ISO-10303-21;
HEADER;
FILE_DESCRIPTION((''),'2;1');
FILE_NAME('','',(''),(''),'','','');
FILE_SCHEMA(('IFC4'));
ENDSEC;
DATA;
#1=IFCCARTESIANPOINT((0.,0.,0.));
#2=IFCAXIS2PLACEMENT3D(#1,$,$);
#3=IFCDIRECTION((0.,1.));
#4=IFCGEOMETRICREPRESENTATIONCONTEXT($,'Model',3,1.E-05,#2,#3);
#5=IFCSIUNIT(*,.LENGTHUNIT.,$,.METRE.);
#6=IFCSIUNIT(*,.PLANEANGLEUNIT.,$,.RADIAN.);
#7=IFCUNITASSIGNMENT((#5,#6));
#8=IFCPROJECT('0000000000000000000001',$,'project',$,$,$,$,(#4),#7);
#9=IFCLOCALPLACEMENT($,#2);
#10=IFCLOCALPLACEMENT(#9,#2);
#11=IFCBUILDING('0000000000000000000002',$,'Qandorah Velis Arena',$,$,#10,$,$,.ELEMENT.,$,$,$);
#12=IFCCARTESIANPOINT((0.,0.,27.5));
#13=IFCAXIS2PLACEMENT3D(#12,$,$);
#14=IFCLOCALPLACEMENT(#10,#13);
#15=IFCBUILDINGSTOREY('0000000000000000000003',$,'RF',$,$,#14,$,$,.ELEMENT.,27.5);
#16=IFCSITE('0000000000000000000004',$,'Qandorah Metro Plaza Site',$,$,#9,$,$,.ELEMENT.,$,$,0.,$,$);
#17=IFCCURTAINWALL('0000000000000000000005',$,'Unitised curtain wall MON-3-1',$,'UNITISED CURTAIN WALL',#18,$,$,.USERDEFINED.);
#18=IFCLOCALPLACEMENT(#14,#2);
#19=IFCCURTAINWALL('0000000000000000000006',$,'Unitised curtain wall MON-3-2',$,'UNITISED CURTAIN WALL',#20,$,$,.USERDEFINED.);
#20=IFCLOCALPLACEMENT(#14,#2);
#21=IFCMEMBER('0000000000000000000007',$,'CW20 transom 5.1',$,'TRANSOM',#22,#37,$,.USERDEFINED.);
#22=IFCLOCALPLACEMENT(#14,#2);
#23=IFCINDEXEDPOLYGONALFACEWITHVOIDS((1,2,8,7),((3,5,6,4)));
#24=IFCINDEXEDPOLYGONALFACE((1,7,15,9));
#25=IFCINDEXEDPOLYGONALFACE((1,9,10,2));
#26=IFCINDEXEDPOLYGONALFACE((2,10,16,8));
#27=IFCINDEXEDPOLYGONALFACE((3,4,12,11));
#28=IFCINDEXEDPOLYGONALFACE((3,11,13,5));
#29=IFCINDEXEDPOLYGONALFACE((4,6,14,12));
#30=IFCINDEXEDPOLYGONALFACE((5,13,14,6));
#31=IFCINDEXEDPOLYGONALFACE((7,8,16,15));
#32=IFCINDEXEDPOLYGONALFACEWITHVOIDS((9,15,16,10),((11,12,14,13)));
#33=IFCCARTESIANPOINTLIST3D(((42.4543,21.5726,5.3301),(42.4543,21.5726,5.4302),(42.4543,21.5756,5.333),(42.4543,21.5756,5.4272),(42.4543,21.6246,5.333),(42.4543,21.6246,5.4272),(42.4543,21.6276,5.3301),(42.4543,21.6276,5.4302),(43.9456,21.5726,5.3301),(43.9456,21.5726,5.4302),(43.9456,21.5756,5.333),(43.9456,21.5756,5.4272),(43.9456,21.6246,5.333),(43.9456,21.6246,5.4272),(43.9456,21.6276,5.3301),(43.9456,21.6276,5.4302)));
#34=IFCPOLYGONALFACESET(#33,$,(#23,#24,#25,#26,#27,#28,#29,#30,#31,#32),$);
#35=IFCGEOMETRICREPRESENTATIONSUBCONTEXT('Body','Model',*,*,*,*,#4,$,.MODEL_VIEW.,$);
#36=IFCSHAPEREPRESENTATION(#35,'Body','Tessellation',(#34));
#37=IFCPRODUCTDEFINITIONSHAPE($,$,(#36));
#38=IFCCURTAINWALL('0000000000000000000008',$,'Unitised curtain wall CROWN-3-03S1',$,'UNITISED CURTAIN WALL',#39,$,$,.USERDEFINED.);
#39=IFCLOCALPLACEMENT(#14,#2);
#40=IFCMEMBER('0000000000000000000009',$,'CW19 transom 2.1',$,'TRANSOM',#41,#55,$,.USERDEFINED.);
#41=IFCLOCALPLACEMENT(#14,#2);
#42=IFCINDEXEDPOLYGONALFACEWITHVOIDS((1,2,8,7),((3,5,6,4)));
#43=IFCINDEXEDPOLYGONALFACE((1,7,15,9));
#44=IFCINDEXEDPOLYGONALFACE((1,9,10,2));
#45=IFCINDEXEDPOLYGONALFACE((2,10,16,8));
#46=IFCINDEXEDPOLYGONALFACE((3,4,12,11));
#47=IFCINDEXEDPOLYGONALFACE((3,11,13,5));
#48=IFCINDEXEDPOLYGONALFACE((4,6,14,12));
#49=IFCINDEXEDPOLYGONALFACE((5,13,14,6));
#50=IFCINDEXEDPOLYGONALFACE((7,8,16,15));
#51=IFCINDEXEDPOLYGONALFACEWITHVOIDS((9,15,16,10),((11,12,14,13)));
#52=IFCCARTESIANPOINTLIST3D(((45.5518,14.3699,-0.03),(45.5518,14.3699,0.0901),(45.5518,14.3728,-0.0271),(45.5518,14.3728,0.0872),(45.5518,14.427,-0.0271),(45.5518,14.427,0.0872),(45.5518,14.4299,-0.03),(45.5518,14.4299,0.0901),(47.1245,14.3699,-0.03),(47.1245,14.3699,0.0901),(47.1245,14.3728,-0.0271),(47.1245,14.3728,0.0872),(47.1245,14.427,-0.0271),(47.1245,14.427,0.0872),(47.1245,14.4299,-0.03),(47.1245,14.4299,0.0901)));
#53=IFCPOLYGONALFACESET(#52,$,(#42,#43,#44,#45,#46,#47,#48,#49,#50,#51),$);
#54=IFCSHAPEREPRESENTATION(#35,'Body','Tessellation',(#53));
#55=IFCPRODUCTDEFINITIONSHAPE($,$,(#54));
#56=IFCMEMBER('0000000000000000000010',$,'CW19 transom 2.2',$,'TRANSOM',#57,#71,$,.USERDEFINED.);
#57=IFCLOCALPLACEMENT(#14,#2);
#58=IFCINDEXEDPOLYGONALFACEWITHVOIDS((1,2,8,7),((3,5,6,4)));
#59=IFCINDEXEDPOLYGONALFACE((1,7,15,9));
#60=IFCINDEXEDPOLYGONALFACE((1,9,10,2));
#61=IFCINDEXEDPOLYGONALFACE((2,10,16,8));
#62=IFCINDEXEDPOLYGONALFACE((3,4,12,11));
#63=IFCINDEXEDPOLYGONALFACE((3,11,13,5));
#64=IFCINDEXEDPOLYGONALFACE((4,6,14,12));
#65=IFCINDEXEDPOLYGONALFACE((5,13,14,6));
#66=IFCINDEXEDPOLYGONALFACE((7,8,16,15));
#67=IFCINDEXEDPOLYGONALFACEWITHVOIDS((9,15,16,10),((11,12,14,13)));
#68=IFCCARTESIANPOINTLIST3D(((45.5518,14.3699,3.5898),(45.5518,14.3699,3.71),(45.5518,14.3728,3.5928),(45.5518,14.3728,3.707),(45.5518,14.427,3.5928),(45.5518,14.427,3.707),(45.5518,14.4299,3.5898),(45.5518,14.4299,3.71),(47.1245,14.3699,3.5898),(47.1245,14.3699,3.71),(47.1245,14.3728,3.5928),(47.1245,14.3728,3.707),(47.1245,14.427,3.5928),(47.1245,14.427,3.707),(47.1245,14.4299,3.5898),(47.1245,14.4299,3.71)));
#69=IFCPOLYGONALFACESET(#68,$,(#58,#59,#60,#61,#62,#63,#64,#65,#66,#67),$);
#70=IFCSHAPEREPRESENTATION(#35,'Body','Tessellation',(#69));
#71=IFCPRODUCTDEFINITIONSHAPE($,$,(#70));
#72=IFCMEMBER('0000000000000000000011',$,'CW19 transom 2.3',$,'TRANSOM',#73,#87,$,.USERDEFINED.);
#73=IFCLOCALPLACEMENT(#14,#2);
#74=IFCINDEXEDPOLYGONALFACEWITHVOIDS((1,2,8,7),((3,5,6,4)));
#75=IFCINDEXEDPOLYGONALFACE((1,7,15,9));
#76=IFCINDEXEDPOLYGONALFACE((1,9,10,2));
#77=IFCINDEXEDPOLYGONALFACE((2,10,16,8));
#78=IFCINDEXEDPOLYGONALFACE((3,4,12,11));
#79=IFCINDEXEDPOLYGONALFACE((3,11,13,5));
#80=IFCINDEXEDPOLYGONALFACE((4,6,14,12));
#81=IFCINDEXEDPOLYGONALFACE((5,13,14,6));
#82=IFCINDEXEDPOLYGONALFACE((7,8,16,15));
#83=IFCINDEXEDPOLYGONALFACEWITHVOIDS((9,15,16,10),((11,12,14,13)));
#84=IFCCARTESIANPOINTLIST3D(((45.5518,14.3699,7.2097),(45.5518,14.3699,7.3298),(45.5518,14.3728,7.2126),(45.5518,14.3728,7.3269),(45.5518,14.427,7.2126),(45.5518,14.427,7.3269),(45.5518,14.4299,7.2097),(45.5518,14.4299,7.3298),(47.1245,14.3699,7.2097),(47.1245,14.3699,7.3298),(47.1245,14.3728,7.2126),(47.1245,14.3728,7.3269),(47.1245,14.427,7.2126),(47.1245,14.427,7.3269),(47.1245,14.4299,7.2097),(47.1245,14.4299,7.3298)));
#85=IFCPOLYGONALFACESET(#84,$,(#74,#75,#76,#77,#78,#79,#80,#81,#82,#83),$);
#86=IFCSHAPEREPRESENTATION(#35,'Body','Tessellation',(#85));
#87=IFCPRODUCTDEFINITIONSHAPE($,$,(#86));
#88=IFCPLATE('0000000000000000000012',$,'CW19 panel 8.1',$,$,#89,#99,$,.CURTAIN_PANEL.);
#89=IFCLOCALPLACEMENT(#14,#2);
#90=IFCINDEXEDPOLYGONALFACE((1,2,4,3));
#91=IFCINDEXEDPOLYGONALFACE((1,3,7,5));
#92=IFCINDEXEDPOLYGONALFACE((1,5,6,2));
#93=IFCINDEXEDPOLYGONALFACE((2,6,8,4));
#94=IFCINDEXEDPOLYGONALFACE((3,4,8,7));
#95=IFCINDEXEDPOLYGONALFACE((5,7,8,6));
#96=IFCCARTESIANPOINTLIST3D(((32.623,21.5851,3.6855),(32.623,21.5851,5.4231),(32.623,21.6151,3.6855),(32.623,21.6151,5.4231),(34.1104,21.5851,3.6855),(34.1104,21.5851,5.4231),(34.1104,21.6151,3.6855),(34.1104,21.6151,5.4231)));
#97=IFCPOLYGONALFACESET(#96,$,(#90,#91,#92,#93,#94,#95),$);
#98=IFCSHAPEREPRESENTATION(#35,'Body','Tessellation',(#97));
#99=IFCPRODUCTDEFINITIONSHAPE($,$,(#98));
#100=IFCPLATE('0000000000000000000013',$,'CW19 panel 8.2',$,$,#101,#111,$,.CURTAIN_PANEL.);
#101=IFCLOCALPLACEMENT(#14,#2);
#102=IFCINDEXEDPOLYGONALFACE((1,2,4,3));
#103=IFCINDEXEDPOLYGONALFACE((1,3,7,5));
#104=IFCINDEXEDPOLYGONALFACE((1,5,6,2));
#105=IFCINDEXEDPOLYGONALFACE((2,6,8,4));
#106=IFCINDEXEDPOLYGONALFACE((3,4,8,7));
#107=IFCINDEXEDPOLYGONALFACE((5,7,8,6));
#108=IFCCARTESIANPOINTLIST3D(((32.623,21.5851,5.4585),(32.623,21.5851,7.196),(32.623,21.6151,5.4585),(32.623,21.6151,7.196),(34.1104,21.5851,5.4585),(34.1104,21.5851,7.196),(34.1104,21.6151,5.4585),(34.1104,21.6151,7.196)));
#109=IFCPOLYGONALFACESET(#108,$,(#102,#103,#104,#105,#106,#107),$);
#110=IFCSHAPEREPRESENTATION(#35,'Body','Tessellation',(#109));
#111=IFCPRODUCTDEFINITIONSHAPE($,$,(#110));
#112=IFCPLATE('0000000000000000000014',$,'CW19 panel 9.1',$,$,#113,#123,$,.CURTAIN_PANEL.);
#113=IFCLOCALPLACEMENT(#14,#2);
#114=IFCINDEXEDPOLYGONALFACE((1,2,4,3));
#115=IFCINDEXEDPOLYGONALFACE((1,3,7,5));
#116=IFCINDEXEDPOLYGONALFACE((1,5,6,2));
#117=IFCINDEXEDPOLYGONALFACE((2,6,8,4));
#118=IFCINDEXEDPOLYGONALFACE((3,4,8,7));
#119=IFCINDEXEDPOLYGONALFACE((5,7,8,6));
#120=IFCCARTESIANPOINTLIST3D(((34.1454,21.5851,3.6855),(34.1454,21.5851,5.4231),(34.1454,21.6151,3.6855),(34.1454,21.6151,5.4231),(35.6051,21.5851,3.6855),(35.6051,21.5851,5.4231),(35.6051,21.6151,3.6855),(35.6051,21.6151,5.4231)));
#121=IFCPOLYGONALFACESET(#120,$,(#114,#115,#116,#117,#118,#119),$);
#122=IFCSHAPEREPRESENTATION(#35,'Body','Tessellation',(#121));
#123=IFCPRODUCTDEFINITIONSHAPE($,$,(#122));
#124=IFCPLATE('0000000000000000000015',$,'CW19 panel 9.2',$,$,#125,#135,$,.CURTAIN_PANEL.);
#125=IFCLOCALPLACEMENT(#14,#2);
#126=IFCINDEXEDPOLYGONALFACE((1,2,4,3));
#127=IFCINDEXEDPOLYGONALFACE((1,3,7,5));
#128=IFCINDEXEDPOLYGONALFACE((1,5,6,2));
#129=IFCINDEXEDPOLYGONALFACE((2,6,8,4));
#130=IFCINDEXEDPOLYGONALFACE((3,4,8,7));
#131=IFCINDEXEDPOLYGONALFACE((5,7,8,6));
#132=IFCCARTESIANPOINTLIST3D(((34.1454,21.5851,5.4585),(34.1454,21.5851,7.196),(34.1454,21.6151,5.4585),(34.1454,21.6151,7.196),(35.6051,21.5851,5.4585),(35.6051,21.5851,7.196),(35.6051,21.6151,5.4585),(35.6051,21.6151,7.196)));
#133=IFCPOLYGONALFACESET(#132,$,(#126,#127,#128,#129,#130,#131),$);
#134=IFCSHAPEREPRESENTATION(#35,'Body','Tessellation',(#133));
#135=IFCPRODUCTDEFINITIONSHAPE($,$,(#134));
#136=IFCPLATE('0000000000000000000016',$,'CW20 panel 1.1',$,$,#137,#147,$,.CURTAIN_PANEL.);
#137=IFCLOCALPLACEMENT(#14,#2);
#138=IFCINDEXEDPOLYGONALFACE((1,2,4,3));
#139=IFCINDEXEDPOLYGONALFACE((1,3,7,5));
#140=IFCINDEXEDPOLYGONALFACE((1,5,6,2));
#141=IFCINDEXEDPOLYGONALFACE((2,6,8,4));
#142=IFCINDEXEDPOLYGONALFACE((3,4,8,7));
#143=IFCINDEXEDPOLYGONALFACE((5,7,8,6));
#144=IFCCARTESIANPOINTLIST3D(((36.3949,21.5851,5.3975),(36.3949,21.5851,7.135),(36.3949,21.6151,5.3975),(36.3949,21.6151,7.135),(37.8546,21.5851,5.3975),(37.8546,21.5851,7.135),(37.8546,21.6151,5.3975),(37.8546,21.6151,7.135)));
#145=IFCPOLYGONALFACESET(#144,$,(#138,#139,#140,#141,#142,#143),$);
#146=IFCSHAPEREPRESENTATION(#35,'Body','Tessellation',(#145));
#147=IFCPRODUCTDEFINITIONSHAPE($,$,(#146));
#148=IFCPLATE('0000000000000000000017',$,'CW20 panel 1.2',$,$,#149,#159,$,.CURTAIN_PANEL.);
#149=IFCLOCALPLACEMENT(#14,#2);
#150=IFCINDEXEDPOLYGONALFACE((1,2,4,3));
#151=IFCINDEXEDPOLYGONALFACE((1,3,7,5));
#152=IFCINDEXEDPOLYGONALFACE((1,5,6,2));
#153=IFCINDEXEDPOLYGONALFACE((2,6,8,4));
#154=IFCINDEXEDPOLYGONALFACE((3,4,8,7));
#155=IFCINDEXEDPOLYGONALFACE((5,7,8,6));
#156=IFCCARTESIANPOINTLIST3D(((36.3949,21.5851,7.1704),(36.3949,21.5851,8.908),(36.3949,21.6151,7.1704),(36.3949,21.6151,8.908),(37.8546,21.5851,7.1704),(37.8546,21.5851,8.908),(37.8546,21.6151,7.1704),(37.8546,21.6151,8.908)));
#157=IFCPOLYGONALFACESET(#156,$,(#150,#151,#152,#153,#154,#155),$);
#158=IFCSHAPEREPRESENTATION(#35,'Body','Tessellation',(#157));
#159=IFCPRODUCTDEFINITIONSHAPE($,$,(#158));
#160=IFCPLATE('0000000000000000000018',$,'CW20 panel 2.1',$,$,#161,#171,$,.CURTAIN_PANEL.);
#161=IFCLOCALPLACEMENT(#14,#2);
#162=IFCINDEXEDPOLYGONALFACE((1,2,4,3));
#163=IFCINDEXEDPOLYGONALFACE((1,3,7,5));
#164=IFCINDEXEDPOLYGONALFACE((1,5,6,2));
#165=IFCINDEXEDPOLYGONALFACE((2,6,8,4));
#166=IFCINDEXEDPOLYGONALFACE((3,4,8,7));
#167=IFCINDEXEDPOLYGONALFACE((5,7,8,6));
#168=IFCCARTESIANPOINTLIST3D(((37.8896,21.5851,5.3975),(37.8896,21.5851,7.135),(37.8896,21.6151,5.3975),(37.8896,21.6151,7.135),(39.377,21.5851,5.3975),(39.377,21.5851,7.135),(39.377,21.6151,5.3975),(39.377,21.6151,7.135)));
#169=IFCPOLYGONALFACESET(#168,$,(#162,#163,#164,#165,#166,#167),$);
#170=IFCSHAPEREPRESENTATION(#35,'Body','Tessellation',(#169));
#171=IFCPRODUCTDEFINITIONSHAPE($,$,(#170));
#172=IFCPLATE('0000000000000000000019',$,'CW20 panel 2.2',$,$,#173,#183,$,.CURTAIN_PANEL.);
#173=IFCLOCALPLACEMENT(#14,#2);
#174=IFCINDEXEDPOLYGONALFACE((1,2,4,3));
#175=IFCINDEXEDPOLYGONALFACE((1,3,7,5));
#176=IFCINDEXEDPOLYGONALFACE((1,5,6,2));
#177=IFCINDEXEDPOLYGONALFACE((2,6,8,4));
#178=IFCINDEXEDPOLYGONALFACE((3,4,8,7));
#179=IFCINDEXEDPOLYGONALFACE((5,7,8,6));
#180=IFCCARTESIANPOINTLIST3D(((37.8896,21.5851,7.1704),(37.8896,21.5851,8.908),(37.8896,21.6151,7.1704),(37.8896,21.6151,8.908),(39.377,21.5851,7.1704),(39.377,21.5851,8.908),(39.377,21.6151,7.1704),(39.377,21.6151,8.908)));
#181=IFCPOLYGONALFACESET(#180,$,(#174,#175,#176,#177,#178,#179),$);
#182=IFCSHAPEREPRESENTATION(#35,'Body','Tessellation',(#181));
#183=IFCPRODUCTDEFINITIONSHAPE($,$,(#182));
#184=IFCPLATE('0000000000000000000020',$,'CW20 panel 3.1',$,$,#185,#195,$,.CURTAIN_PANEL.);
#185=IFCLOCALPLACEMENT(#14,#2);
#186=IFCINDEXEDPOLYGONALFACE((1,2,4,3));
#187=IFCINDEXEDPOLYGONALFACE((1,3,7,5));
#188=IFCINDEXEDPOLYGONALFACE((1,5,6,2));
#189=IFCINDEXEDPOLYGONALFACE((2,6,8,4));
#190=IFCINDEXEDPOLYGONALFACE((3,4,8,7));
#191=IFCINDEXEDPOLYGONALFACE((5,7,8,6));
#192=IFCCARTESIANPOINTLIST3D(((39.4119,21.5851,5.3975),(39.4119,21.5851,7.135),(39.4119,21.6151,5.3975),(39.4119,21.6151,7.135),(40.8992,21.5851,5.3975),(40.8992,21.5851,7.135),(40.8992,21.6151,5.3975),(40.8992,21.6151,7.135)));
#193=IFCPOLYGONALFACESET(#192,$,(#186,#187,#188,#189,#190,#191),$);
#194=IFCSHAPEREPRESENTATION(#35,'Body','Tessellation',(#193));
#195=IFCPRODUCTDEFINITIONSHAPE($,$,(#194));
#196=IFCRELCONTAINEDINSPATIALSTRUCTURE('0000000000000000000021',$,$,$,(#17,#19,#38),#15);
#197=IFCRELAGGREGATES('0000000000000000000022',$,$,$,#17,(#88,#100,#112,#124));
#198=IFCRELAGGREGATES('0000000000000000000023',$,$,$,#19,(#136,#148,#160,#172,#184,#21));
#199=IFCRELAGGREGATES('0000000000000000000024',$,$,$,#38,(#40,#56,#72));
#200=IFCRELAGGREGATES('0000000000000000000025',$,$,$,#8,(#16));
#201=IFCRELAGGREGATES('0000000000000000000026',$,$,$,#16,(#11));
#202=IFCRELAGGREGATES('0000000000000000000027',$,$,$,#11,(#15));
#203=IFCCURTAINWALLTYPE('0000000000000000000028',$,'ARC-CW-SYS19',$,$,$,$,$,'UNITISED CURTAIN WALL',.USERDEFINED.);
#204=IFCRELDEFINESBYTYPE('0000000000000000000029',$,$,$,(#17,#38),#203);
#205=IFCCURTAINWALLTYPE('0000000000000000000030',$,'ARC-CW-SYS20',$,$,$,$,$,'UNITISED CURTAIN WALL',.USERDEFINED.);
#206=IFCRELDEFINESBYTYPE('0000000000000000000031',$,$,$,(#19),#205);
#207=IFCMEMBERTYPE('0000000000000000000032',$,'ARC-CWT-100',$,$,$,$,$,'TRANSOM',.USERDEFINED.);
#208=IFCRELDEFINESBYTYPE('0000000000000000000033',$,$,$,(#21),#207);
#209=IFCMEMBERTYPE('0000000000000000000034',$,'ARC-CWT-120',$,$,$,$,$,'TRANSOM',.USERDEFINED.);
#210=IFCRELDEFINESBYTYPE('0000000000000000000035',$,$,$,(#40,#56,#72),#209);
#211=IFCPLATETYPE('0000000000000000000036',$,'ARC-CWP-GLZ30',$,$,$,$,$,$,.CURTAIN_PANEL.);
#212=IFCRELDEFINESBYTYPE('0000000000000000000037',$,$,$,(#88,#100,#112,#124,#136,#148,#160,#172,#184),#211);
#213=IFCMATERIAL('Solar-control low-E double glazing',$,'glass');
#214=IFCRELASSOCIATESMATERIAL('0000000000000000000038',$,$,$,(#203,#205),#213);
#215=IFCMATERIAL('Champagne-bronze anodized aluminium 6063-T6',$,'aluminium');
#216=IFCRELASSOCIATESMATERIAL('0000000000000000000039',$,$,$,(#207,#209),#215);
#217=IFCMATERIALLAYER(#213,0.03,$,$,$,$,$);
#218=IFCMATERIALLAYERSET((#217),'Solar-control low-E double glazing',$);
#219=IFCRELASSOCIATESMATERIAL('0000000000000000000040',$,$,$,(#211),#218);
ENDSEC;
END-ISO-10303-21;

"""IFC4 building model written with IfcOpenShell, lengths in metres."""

from ifc_helpers import new_model, si_unit, direction, frame, origin, origin_2d, place, context, subcontext, project, spatial, rectangle, hollow_rectangle, extrude, material, layer, layer_set, material_profile, profile_set, type_object, element, aggregate, save


model = new_model("IFC4")

# Units and contexts
model_context = context("Model", 3, precision=1e-05, world=origin(), true_north=direction((0.0, 1.0)))
body_context = subcontext(model_context, "Body", "Model", "MODEL_VIEW")
ifc_project = project(units=[si_unit("LENGTHUNIT", "METRE"), si_unit("PLANEANGLEUNIT", "RADIAN")], contexts=[model_context])

# Site, building, storey
site_placement = place(None, origin())
site = spatial("IfcSite", under=ifc_project, at=site_placement, Name="Qandorah Metro Plaza Site", CompositionType="ELEMENT", RefElevation=0.0)
building_placement = place(site_placement, origin())
building = spatial("IfcBuilding", under=site, at=building_placement, Name="Qandorah Velis Arena", CompositionType="ELEMENT")
storey_placement = place(building_placement, frame((0.0, 0.0, 27.5)))
storey = spatial("IfcBuildingStorey", under=building, at=storey_placement, Name="RF", CompositionType="ELEMENT", Elevation=27.5)

# Curtain walls
ifc_material_1 = material(Name="Solar-control low-E double glazing", Category="glass")
curtain_wall_type_1 = type_object("IfcCurtainWallType", Name="ARC-CW-SYS19", ElementType="UNITISED CURTAIN WALL", PredefinedType="USERDEFINED", material=ifc_material_1)
curtain_wall_1_placement = place(storey_placement, origin())
curtain_wall_1 = element("IfcCurtainWall", 1, at=curtain_wall_1_placement, inside=storey, type_object=curtain_wall_type_1, Name="Unitised curtain wall MON-3-1", ObjectType="UNITISED CURTAIN WALL", PredefinedType="USERDEFINED")
ifc_material_2 = material(Name="Champagne-bronze anodized aluminium 6063-T6", Category="aluminium")
curtain_wall_type_2 = type_object("IfcCurtainWallType", Name="ARC-CW-SYS20", ElementType="UNITISED CURTAIN WALL", PredefinedType="USERDEFINED", material=ifc_material_1)
curtain_wall_2_placement = place(storey_placement, origin())
curtain_wall_2 = element("IfcCurtainWall", 2, at=curtain_wall_2_placement, inside=storey, type_object=curtain_wall_type_2, Name="Unitised curtain wall MON-3-2", ObjectType="UNITISED CURTAIN WALL", PredefinedType="USERDEFINED")

# Member
ifc_material_profile_1 = material_profile(ifc_material_2, hollow_rectangle(XDim=0.0549, YDim=0.1001, WallThickness=0.0029, at=origin_2d()), Name="ALU TRANSOM 55x100")
ifc_profile_set_1 = profile_set([ifc_material_profile_1], Name="Champagne-bronze anodized aluminium 6063-T6")
member_type_1 = type_object("IfcMemberType", Name="ARC-CWT-100", ElementType="TRANSOM", PredefinedType="USERDEFINED", material=ifc_profile_set_1)
member_1_placement = place(storey_placement, frame((42.4543, 21.6001, 5.3801), z_axis=(1.0, 0.0, 0.0), x_axis=(0.0, 1.0, 0.0)))
member_1 = element("IfcMember", 3, at=member_1_placement, type_object=member_type_1, Name="CW20 transom 5.1", ObjectType="TRANSOM", PredefinedType="USERDEFINED", context=body_context, shape_type="SweptSolid", body=[
    extrude(hollow_rectangle(XDim=0.0549, YDim=0.1001, WallThickness=0.0029, at=origin_2d()), origin(), (0.0, 0.0, 1.0), 1.4912),
])

# Curtain wall, members
curtain_wall_3_placement = place(storey_placement, origin())
curtain_wall_3 = element("IfcCurtainWall", 4, at=curtain_wall_3_placement, inside=storey, type_object=curtain_wall_type_1, Name="Unitised curtain wall CROWN-3-03S1", ObjectType="UNITISED CURTAIN WALL", PredefinedType="USERDEFINED")
ifc_material_profile_2 = material_profile(ifc_material_2, hollow_rectangle(XDim=0.0601, YDim=0.1201, WallThickness=0.0029, at=origin_2d()), Name="ALU TRANSOM 60x120")
ifc_profile_set_2 = profile_set([ifc_material_profile_2], Name="Champagne-bronze anodized aluminium 6063-T6")
member_type_2 = type_object("IfcMemberType", Name="ARC-CWT-120", ElementType="TRANSOM", PredefinedType="USERDEFINED", material=ifc_profile_set_2)
member_2_placement = place(storey_placement, frame((45.5518, 14.3999, 0.03), z_axis=(1.0, 0.0, 0.0), x_axis=(0.0, 1.0, 0.0)))
member_2 = element("IfcMember", 5, at=member_2_placement, type_object=member_type_2, Name="CW19 transom 2.1", ObjectType="TRANSOM", PredefinedType="USERDEFINED", context=body_context, shape_type="SweptSolid", body=[
    extrude(hollow_rectangle(XDim=0.0601, YDim=0.1201, WallThickness=0.0029, at=origin_2d()), origin(), (0.0, 0.0, 1.0), 1.5728),
])
member_3_placement = place(storey_placement, frame((45.5518, 14.3999, 3.6499), z_axis=(1.0, 0.0, 0.0), x_axis=(0.0, 1.0, 0.0)))
member_3 = element("IfcMember", 6, at=member_3_placement, type_object=member_type_2, Name="CW19 transom 2.2", ObjectType="TRANSOM", PredefinedType="USERDEFINED", context=body_context, shape_type="SweptSolid", body=[
    extrude(hollow_rectangle(XDim=0.0601, YDim=0.1201, WallThickness=0.0029, at=origin_2d()), origin(), (0.0, 0.0, 1.0), 1.5728),
])
member_4_placement = place(storey_placement, frame((45.5518, 14.3999, 7.2698), z_axis=(1.0, 0.0, 0.0), x_axis=(0.0, 1.0, 0.0)))
member_4 = element("IfcMember", 7, at=member_4_placement, type_object=member_type_2, Name="CW19 transom 2.3", ObjectType="TRANSOM", PredefinedType="USERDEFINED", context=body_context, shape_type="SweptSolid", body=[
    extrude(hollow_rectangle(XDim=0.0601, YDim=0.1201, WallThickness=0.0029, at=origin_2d()), origin(), (0.0, 0.0, 1.0), 1.5728),
])

# Plates
ifc_layer_1 = layer(ifc_material_1, 0.03)
ifc_layer_set_1 = layer_set([ifc_layer_1], Name="Solar-control low-E double glazing")
plate_type_1 = type_object("IfcPlateType", Name="ARC-CWP-GLZ30", PredefinedType="CURTAIN_PANEL", material=ifc_layer_set_1)
plate_1_placement = place(storey_placement, frame((33.3667, 21.6001, 3.6855), z_axis=(0.0, 0.0, 1.0), x_axis=(1.0, 0.0, 0.0)))
plate_1 = element("IfcPlate", 8, at=plate_1_placement, type_object=plate_type_1, Name="CW19 panel 8.1", PredefinedType="CURTAIN_PANEL", context=body_context, shape_type="SweptSolid", body=[
    extrude(rectangle(XDim=1.4873, YDim=0.03, at=origin_2d()), origin(), (0.0, 0.0, 1.0), 1.7375),
])
plate_2_placement = place(storey_placement, frame((33.3667, 21.6001, 5.4585), z_axis=(0.0, 0.0, 1.0), x_axis=(1.0, 0.0, 0.0)))
plate_2 = element("IfcPlate", 9, at=plate_2_placement, type_object=plate_type_1, Name="CW19 panel 8.2", PredefinedType="CURTAIN_PANEL", context=body_context, shape_type="SweptSolid", body=[
    extrude(rectangle(XDim=1.4873, YDim=0.03, at=origin_2d()), origin(), (0.0, 0.0, 1.0), 1.7375),
])
plate_3_placement = place(storey_placement, frame((34.8752, 21.6001, 3.6855), z_axis=(0.0, 0.0, 1.0), x_axis=(1.0, 0.0, 0.0)))
plate_3 = element("IfcPlate", 10, at=plate_3_placement, type_object=plate_type_1, Name="CW19 panel 9.1", PredefinedType="CURTAIN_PANEL", context=body_context, shape_type="SweptSolid", body=[
    extrude(rectangle(XDim=1.4597, YDim=0.03, at=origin_2d()), origin(), (0.0, 0.0, 1.0), 1.7375),
])
plate_4_placement = place(storey_placement, frame((34.8752, 21.6001, 5.4585), z_axis=(0.0, 0.0, 1.0), x_axis=(1.0, 0.0, 0.0)))
plate_4 = element("IfcPlate", 11, at=plate_4_placement, type_object=plate_type_1, Name="CW19 panel 9.2", PredefinedType="CURTAIN_PANEL", context=body_context, shape_type="SweptSolid", body=[
    extrude(rectangle(XDim=1.4597, YDim=0.03, at=origin_2d()), origin(), (0.0, 0.0, 1.0), 1.7375),
])
aggregate(curtain_wall_1, [plate_1, plate_2, plate_3, plate_4])
plate_5_placement = place(storey_placement, frame((37.1248, 21.6001, 5.3975), z_axis=(0.0, 0.0, 1.0), x_axis=(1.0, 0.0, 0.0)))
plate_5 = element("IfcPlate", 12, at=plate_5_placement, type_object=plate_type_1, Name="CW20 panel 1.1", PredefinedType="CURTAIN_PANEL", context=body_context, shape_type="SweptSolid", body=[
    extrude(rectangle(XDim=1.4597, YDim=0.03, at=origin_2d()), origin(), (0.0, 0.0, 1.0), 1.7375),
])
plate_6_placement = place(storey_placement, frame((37.1248, 21.6001, 7.1704), z_axis=(0.0, 0.0, 1.0), x_axis=(1.0, 0.0, 0.0)))
plate_6 = element("IfcPlate", 13, at=plate_6_placement, type_object=plate_type_1, Name="CW20 panel 1.2", PredefinedType="CURTAIN_PANEL", context=body_context, shape_type="SweptSolid", body=[
    extrude(rectangle(XDim=1.4597, YDim=0.03, at=origin_2d()), origin(), (0.0, 0.0, 1.0), 1.7375),
])
plate_7_placement = place(storey_placement, frame((38.6333, 21.6001, 5.3975), z_axis=(0.0, 0.0, 1.0), x_axis=(1.0, 0.0, 0.0)))
plate_7 = element("IfcPlate", 14, at=plate_7_placement, type_object=plate_type_1, Name="CW20 panel 2.1", PredefinedType="CURTAIN_PANEL", context=body_context, shape_type="SweptSolid", body=[
    extrude(rectangle(XDim=1.4873, YDim=0.03, at=origin_2d()), origin(), (0.0, 0.0, 1.0), 1.7375),
])
plate_8_placement = place(storey_placement, frame((38.6333, 21.6001, 7.1704), z_axis=(0.0, 0.0, 1.0), x_axis=(1.0, 0.0, 0.0)))
plate_8 = element("IfcPlate", 15, at=plate_8_placement, type_object=plate_type_1, Name="CW20 panel 2.2", PredefinedType="CURTAIN_PANEL", context=body_context, shape_type="SweptSolid", body=[
    extrude(rectangle(XDim=1.4873, YDim=0.03, at=origin_2d()), origin(), (0.0, 0.0, 1.0), 1.7375),
])
plate_9_placement = place(storey_placement, frame((40.1555, 21.6001, 5.3975), z_axis=(0.0, 0.0, 1.0), x_axis=(1.0, 0.0, 0.0)))
plate_9 = element("IfcPlate", 16, at=plate_9_placement, type_object=plate_type_1, Name="CW20 panel 3.1", PredefinedType="CURTAIN_PANEL", context=body_context, shape_type="SweptSolid", body=[
    extrude(rectangle(XDim=1.4873, YDim=0.03, at=origin_2d()), origin(), (0.0, 0.0, 1.0), 1.7375),
])
aggregate(curtain_wall_2, [plate_5, plate_6, plate_7, plate_8, plate_9, member_1])
aggregate(curtain_wall_3, [member_2, member_3, member_4])

save(model, "model.ifc")
